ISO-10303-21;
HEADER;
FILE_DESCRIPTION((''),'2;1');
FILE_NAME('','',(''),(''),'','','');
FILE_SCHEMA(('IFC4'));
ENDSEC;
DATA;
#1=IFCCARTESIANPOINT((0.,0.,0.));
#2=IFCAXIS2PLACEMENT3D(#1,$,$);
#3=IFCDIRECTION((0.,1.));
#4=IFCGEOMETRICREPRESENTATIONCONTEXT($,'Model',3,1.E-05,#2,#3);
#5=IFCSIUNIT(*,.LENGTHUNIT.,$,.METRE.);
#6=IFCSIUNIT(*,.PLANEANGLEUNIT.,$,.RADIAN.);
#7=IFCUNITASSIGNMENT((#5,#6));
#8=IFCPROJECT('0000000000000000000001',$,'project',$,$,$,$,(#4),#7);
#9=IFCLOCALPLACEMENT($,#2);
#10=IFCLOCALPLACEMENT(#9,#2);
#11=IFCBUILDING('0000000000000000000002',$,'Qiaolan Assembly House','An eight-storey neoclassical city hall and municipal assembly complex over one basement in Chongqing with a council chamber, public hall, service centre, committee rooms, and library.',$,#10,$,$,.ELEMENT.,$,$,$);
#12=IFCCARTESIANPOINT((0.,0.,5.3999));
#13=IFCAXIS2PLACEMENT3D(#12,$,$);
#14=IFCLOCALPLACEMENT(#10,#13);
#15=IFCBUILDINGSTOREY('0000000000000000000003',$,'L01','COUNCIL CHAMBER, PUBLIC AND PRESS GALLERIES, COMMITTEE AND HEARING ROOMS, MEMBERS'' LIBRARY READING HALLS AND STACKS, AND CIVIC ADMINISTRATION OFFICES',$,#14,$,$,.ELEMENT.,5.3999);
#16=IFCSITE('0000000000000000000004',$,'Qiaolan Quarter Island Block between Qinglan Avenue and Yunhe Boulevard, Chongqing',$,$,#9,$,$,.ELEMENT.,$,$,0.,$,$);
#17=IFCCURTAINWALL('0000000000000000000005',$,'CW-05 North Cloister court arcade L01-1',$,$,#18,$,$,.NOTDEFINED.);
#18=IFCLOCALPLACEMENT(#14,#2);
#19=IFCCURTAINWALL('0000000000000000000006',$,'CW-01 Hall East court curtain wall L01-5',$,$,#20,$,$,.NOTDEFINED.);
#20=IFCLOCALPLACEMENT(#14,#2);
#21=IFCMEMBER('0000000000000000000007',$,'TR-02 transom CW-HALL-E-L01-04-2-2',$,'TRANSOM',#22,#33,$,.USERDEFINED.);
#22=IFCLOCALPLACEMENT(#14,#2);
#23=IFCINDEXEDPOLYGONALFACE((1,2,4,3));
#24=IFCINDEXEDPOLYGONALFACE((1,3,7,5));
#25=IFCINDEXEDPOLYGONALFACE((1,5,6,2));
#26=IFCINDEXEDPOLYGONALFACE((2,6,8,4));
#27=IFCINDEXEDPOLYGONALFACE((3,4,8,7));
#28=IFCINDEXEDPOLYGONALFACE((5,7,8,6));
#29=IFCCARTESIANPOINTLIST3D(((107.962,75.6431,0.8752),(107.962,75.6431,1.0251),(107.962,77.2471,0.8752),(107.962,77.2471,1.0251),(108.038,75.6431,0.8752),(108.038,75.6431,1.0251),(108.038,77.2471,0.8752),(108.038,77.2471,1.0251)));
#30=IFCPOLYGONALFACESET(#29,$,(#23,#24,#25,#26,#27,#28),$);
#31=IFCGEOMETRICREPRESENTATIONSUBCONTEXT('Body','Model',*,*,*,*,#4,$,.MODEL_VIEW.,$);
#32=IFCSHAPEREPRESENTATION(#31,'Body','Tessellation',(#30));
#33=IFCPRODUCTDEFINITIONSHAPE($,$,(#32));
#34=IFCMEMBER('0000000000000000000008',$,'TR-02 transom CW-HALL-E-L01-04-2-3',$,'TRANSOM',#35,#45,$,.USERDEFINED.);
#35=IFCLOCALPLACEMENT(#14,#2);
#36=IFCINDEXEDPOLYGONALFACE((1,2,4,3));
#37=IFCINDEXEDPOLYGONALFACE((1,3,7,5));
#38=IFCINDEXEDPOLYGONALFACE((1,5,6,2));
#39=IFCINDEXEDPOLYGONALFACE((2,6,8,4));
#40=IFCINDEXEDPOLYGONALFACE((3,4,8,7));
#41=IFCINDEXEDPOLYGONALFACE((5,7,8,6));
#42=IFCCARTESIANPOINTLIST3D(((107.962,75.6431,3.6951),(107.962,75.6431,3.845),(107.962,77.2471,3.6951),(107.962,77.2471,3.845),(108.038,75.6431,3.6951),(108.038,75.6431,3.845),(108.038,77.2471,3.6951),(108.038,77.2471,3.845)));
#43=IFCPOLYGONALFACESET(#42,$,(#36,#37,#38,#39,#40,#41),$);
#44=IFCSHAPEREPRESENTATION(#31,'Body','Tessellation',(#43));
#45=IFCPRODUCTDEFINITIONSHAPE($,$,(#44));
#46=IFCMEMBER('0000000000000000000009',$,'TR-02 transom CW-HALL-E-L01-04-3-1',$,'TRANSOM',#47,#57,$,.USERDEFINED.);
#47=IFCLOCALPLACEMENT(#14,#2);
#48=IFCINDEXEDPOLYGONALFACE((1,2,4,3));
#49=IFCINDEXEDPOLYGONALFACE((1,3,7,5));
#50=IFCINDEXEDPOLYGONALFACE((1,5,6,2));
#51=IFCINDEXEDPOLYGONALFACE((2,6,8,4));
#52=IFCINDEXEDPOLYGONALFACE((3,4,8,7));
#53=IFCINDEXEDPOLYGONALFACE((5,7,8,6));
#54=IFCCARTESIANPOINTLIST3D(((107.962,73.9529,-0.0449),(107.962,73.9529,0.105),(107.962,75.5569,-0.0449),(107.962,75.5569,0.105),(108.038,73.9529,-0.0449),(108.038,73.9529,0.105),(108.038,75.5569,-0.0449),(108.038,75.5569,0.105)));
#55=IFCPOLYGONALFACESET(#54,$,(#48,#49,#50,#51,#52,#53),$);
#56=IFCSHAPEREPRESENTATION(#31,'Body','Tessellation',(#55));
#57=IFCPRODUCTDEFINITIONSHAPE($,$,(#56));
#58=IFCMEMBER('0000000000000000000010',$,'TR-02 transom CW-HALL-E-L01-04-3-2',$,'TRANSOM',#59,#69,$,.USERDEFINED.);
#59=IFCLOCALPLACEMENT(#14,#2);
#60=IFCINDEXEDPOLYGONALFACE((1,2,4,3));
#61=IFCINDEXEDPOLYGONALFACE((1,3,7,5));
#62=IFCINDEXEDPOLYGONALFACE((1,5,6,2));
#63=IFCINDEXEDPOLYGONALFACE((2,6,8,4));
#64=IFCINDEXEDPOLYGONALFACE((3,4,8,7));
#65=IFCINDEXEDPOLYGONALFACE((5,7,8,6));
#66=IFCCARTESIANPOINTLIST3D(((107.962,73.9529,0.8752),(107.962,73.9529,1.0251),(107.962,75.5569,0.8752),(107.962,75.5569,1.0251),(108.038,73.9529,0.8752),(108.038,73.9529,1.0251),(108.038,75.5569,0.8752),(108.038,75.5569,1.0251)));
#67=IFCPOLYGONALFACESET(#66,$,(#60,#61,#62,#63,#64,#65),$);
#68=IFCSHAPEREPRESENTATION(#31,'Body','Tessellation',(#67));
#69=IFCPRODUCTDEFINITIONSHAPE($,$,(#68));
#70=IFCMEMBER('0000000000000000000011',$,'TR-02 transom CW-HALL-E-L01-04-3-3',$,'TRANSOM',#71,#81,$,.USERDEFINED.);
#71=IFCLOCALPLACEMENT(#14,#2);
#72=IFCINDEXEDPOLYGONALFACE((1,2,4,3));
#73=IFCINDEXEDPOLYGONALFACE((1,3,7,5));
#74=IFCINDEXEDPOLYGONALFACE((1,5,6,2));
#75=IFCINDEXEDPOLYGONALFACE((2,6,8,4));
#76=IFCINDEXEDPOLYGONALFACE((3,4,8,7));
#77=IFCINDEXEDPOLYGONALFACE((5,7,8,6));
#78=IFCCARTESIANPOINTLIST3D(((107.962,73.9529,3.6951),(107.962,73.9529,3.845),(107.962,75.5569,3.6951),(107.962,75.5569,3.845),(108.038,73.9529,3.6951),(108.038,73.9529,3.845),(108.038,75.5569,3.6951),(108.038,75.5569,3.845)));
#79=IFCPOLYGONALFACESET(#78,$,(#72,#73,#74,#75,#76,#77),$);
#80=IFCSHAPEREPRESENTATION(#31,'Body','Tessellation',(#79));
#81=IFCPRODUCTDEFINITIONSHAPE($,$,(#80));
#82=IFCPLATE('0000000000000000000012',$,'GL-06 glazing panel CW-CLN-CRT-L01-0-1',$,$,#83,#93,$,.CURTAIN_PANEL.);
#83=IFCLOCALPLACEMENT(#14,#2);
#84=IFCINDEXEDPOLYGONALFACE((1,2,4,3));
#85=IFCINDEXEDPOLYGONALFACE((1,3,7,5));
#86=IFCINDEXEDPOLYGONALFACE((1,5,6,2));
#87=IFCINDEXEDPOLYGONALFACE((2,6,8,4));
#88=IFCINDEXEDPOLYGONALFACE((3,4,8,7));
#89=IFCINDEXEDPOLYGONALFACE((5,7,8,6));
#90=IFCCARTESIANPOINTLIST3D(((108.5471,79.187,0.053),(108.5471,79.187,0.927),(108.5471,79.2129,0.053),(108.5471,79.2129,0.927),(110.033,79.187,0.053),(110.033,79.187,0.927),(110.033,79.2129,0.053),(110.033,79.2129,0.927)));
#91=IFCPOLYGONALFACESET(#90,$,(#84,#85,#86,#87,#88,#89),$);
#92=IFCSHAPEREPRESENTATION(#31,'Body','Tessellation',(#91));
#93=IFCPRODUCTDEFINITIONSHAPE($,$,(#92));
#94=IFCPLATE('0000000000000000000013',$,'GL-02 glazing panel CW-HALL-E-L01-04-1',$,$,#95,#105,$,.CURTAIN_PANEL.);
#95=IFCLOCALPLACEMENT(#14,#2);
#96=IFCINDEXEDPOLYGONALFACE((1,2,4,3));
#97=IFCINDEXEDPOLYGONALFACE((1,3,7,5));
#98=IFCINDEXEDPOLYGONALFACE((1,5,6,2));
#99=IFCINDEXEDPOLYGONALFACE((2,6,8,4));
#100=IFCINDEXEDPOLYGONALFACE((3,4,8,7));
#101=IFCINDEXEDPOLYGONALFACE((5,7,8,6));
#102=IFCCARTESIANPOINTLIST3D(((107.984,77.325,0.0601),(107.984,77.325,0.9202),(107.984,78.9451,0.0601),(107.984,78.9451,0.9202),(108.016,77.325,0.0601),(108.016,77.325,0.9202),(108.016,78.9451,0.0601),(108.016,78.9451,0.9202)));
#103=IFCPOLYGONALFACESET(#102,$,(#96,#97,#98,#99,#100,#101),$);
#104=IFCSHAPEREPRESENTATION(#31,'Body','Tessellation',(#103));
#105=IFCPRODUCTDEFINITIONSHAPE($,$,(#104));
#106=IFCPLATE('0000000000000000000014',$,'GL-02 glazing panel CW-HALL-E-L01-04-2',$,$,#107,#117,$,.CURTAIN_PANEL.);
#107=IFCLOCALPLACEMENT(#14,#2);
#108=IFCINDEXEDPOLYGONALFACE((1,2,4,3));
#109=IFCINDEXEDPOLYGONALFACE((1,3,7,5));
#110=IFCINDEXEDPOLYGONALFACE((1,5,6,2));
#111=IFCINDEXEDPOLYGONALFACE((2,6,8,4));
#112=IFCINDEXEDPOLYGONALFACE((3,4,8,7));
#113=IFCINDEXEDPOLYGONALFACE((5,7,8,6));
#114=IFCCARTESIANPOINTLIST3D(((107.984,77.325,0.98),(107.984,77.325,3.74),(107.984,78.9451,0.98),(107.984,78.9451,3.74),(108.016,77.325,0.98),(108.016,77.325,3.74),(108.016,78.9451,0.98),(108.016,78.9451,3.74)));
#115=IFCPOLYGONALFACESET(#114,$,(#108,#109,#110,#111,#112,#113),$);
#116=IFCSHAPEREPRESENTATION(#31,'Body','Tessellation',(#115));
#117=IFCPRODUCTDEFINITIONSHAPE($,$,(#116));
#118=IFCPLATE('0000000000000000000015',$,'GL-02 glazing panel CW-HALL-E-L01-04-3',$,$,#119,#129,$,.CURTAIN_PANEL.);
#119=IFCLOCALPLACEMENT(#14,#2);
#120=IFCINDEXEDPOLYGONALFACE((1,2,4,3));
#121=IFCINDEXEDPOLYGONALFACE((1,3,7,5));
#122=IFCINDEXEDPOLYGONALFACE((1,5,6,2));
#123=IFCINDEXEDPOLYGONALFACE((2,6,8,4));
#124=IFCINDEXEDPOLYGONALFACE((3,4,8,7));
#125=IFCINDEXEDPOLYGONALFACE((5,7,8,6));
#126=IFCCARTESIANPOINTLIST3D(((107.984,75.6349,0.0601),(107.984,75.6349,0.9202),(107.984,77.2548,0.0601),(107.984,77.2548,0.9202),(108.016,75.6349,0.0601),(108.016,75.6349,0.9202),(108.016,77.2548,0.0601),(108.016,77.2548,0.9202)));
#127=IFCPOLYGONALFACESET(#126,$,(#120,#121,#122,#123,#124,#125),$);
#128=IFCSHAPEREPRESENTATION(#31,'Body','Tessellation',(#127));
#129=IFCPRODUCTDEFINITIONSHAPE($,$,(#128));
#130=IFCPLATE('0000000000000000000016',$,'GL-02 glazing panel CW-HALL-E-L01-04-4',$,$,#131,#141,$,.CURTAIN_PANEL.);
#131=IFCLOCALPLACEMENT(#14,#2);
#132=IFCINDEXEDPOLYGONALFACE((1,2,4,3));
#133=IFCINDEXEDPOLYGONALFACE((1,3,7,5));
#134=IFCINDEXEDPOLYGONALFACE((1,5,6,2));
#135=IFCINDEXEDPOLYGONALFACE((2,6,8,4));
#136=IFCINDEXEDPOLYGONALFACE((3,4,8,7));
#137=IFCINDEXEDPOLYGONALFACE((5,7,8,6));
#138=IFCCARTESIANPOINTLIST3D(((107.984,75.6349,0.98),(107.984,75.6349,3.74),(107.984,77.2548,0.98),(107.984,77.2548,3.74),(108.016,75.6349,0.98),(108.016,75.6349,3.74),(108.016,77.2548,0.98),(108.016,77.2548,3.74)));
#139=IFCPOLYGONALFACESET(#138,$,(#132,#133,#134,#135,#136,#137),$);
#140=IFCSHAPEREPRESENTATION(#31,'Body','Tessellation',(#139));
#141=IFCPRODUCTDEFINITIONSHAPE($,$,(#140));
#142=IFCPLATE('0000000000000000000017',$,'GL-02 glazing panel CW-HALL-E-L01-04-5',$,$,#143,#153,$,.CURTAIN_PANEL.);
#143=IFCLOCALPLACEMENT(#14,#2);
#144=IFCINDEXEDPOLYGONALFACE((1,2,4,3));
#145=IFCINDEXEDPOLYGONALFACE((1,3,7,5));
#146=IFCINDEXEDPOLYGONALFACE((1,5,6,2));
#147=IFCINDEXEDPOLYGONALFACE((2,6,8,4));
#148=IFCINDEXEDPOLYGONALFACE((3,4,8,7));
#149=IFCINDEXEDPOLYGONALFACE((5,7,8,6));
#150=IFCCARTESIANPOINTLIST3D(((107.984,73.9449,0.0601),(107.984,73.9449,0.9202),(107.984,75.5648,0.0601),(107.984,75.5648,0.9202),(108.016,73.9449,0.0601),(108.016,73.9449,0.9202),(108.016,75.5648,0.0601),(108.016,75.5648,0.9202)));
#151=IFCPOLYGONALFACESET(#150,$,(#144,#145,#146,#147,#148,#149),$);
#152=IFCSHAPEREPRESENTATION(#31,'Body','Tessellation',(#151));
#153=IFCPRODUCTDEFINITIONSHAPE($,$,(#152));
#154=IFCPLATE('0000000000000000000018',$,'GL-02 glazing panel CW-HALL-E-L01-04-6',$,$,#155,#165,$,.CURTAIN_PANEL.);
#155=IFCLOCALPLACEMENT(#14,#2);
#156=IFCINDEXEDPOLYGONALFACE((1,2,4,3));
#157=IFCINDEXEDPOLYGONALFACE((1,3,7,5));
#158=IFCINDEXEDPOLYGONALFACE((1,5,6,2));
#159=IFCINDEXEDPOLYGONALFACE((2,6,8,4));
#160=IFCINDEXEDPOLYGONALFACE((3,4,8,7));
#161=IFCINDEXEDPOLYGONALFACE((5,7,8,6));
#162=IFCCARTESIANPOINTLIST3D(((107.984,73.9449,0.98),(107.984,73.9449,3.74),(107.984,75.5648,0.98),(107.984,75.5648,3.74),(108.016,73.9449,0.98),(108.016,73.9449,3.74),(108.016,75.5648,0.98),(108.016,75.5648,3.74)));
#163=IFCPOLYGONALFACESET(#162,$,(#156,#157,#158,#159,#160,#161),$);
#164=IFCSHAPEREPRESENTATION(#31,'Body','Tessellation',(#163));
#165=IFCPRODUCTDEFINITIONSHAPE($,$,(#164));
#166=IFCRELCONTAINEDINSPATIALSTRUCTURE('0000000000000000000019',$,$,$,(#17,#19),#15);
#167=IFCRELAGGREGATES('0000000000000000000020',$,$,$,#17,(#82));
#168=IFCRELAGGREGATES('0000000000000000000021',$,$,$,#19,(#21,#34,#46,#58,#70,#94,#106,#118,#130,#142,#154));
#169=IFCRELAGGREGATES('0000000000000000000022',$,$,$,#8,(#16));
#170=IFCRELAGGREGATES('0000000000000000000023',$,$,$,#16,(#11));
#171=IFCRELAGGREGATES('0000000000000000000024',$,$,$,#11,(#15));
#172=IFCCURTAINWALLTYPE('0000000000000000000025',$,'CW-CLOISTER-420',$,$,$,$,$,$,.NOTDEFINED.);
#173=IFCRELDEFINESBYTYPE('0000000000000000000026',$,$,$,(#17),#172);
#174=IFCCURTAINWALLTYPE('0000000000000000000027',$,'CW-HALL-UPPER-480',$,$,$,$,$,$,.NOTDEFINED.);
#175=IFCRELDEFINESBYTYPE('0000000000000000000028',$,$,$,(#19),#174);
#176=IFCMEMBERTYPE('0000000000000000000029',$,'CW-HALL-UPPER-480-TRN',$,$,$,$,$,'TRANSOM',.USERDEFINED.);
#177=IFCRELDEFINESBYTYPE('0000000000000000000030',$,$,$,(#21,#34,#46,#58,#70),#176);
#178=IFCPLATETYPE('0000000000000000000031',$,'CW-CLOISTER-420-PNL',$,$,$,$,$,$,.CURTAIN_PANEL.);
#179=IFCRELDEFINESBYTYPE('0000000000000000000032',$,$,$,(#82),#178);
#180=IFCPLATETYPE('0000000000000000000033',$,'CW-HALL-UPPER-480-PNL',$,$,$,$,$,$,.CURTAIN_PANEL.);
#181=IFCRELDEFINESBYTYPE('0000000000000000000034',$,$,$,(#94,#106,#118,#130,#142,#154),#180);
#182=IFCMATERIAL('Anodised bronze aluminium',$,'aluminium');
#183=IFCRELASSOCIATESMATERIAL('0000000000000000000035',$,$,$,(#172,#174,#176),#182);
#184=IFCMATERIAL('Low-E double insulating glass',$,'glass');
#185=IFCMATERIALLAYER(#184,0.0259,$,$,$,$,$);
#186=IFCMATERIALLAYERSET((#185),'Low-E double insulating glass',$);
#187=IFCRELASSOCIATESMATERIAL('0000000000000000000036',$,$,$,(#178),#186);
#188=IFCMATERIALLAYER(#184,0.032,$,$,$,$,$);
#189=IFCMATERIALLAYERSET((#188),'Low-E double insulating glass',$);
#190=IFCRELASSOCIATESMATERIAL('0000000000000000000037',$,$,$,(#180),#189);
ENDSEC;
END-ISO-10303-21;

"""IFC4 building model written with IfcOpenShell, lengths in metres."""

from ifc_helpers import new_model, si_unit, direction, frame, frame_2d, origin, origin_2d, place, context, subcontext, project, spatial, rectangle, extrude, material, layer, layer_set, material_profile, profile_set, type_object, element, aggregate, save


model = new_model("IFC4")

# Units and contexts
model_context = context("Model", 3, precision=1e-05, world=origin(), true_north=direction((0.0, 1.0)))
body_context = subcontext(model_context, "Body", "Model", "MODEL_VIEW")
ifc_project = project(units=[si_unit("LENGTHUNIT", "METRE"), si_unit("PLANEANGLEUNIT", "RADIAN")], contexts=[model_context])

# Site, building, storey
site_placement = place(None, origin())
site = spatial("IfcSite", under=ifc_project, at=site_placement, Name="Qiaolan Quarter Island Block between Qinglan Avenue and Yunhe Boulevard, Chongqing", CompositionType="ELEMENT", RefElevation=0.0)
building_placement = place(site_placement, origin())
building = spatial("IfcBuilding", under=site, at=building_placement, Name="Qiaolan Assembly House", Description="An eight-storey neoclassical city hall and municipal assembly complex over one basement in Chongqing with a council chamber, public hall, service centre, committee rooms, and library.", CompositionType="ELEMENT")
storey_placement = place(building_placement, frame((0.0, 0.0, 5.3999)))
storey = spatial("IfcBuildingStorey", under=building, at=storey_placement, Name="L01", Description="COUNCIL CHAMBER, PUBLIC AND PRESS GALLERIES, COMMITTEE AND HEARING ROOMS, MEMBERS' LIBRARY READING HALLS AND STACKS, AND CIVIC ADMINISTRATION OFFICES", CompositionType="ELEMENT", Elevation=5.3999)

# Curtain wall
ifc_material_1 = material(Name="Anodised bronze aluminium", Category="aluminium")
curtain_wall_type_1 = type_object("IfcCurtainWallType", Name="CW-CLOISTER-420", PredefinedType="NOTDEFINED", material=ifc_material_1)
curtain_wall_1_placement = place(storey_placement, origin())
curtain_wall_1 = element("IfcCurtainWall", 1, at=curtain_wall_1_placement, inside=storey, type_object=curtain_wall_type_1, Name="CW-05 North Cloister court arcade L01-1", PredefinedType="NOTDEFINED")

# Curtain wall, members
curtain_wall_type_2 = type_object("IfcCurtainWallType", Name="CW-HALL-UPPER-480", PredefinedType="NOTDEFINED", material=ifc_material_1)
curtain_wall_2_placement = place(storey_placement, origin())
curtain_wall_2 = element("IfcCurtainWall", 2, at=curtain_wall_2_placement, inside=storey, type_object=curtain_wall_type_2, Name="CW-01 Hall East court curtain wall L01-5", PredefinedType="NOTDEFINED")
ifc_material_profile_1 = material_profile(ifc_material_1, rectangle(XDim=0.0759, YDim=0.1499, at=origin_2d()), Name="TRN 76x150")
ifc_profile_set_1 = profile_set([ifc_material_profile_1], Name="Anodised bronze aluminium")
member_type_1 = type_object("IfcMemberType", Name="CW-HALL-UPPER-480-TRN", ElementType="TRANSOM", PredefinedType="USERDEFINED", material=ifc_profile_set_1)
member_1_placement = place(storey_placement, frame((108.0, 77.2471, 0.9502), z_axis=(0.0, -1.0, 0.0), x_axis=(1.0, 0.0, 0.0)))
member_1 = element("IfcMember", 3, at=member_1_placement, type_object=member_type_1, Name="TR-02 transom CW-HALL-E-L01-04-2-2", ObjectType="TRANSOM", PredefinedType="USERDEFINED", context=body_context, shape_type="SweptSolid", body=[
    extrude(rectangle(XDim=0.0759, YDim=0.1499, at=origin_2d()), origin(), (0.0, 0.0, 1.0), 1.604),
])
member_2_placement = place(storey_placement, frame((108.0, 77.2471, 3.77), z_axis=(0.0, -1.0, 0.0), x_axis=(1.0, 0.0, 0.0)))
member_2 = element("IfcMember", 4, at=member_2_placement, type_object=member_type_1, Name="TR-02 transom CW-HALL-E-L01-04-2-3", ObjectType="TRANSOM", PredefinedType="USERDEFINED", context=body_context, shape_type="SweptSolid", body=[
    extrude(rectangle(XDim=0.0759, YDim=0.1499, at=origin_2d()), origin(), (0.0, 0.0, 1.0), 1.604),
])
member_3_placement = place(storey_placement, frame((108.0, 75.5569, 0.03), z_axis=(0.0, -1.0, 0.0), x_axis=(1.0, 0.0, 0.0)))
member_3 = element("IfcMember", 5, at=member_3_placement, type_object=member_type_1, Name="TR-02 transom CW-HALL-E-L01-04-3-1", ObjectType="TRANSOM", PredefinedType="USERDEFINED", context=body_context, shape_type="SweptSolid", body=[
    extrude(rectangle(XDim=0.0759, YDim=0.1499, at=origin_2d()), origin(), (0.0, 0.0, 1.0), 1.604),
])
member_4_placement = place(storey_placement, frame((108.0, 75.5569, 0.9502), z_axis=(0.0, -1.0, 0.0), x_axis=(1.0, 0.0, 0.0)))
member_4 = element("IfcMember", 6, at=member_4_placement, type_object=member_type_1, Name="TR-02 transom CW-HALL-E-L01-04-3-2", ObjectType="TRANSOM", PredefinedType="USERDEFINED", context=body_context, shape_type="SweptSolid", body=[
    extrude(rectangle(XDim=0.0759, YDim=0.1499, at=origin_2d()), origin(), (0.0, 0.0, 1.0), 1.604),
])
member_5_placement = place(storey_placement, frame((108.0, 75.5569, 3.77), z_axis=(0.0, -1.0, 0.0), x_axis=(1.0, 0.0, 0.0)))
member_5 = element("IfcMember", 7, at=member_5_placement, type_object=member_type_1, Name="TR-02 transom CW-HALL-E-L01-04-3-3", ObjectType="TRANSOM", PredefinedType="USERDEFINED", context=body_context, shape_type="SweptSolid", body=[
    extrude(rectangle(XDim=0.0759, YDim=0.1499, at=origin_2d()), origin(), (0.0, 0.0, 1.0), 1.604),
])

# Plates
ifc_material_2 = material(Name="Low-E double insulating glass", Category="glass")
ifc_layer_1 = layer(ifc_material_2, 0.0259)
ifc_layer_set_1 = layer_set([ifc_layer_1], Name="Low-E double insulating glass")
plate_type_1 = type_object("IfcPlateType", Name="CW-CLOISTER-420-PNL", PredefinedType="CURTAIN_PANEL", material=ifc_layer_set_1)
plate_1_placement = place(storey_placement, frame((108.5471, 79.2, 0.053), z_axis=(0.0, 0.0, 1.0), x_axis=(1.0, 0.0, 0.0)))
plate_1 = element("IfcPlate", 8, at=plate_1_placement, type_object=plate_type_1, Name="GL-06 glazing panel CW-CLN-CRT-L01-0-1", PredefinedType="CURTAIN_PANEL", context=body_context, shape_type="SweptSolid", body=[
    extrude(rectangle(XDim=1.4858, YDim=0.0259, at=frame_2d((0.7429, 0.0))), origin(), (0.0, 0.0, 1.0), 0.874),
])
aggregate(curtain_wall_1, [plate_1])
ifc_layer_2 = layer(ifc_material_2, 0.032)
ifc_layer_set_2 = layer_set([ifc_layer_2], Name="Low-E double insulating glass")
plate_type_2 = type_object("IfcPlateType", Name="CW-HALL-UPPER-480-PNL", PredefinedType="CURTAIN_PANEL", material=ifc_layer_set_2)
plate_2_placement = place(storey_placement, frame((108.0, 78.9451, 0.0601), z_axis=(0.0, 0.0, 1.0), x_axis=(0.0, -1.0, 0.0)))
plate_2 = element("IfcPlate", 9, at=plate_2_placement, type_object=plate_type_2, Name="GL-02 glazing panel CW-HALL-E-L01-04-1", PredefinedType="CURTAIN_PANEL", context=body_context, shape_type="SweptSolid", body=[
    extrude(rectangle(XDim=1.6201, YDim=0.032, at=frame_2d((0.8101, 0.0))), origin(), (0.0, 0.0, 1.0), 0.8601),
])
plate_3_placement = place(storey_placement, frame((108.0, 78.9451, 0.98), z_axis=(0.0, 0.0, 1.0), x_axis=(0.0, -1.0, 0.0)))
plate_3 = element("IfcPlate", 10, at=plate_3_placement, type_object=plate_type_2, Name="GL-02 glazing panel CW-HALL-E-L01-04-2", PredefinedType="CURTAIN_PANEL", context=body_context, shape_type="SweptSolid", body=[
    extrude(rectangle(XDim=1.6201, YDim=0.032, at=frame_2d((0.8101, 0.0))), origin(), (0.0, 0.0, 1.0), 2.76),
])
plate_4_placement = place(storey_placement, frame((108.0, 77.2549, 0.0601), z_axis=(0.0, 0.0, 1.0), x_axis=(0.0, -1.0, 0.0)))
plate_4 = element("IfcPlate", 11, at=plate_4_placement, type_object=plate_type_2, Name="GL-02 glazing panel CW-HALL-E-L01-04-3", PredefinedType="CURTAIN_PANEL", context=body_context, shape_type="SweptSolid", body=[
    extrude(rectangle(XDim=1.6199, YDim=0.032, at=frame_2d((0.8101, 0.0))), origin(), (0.0, 0.0, 1.0), 0.8601),
])
plate_5_placement = place(storey_placement, frame((108.0, 77.2549, 0.98), z_axis=(0.0, 0.0, 1.0), x_axis=(0.0, -1.0, 0.0)))
plate_5 = element("IfcPlate", 12, at=plate_5_placement, type_object=plate_type_2, Name="GL-02 glazing panel CW-HALL-E-L01-04-4", PredefinedType="CURTAIN_PANEL", context=body_context, shape_type="SweptSolid", body=[
    extrude(rectangle(XDim=1.6199, YDim=0.032, at=frame_2d((0.8101, 0.0))), origin(), (0.0, 0.0, 1.0), 2.76),
])
plate_6_placement = place(storey_placement, frame((108.0, 75.5649, 0.0601), z_axis=(0.0, 0.0, 1.0), x_axis=(0.0, -1.0, 0.0)))
plate_6 = element("IfcPlate", 13, at=plate_6_placement, type_object=plate_type_2, Name="GL-02 glazing panel CW-HALL-E-L01-04-5", PredefinedType="CURTAIN_PANEL", context=body_context, shape_type="SweptSolid", body=[
    extrude(rectangle(XDim=1.6199, YDim=0.032, at=frame_2d((0.8101, 0.0))), origin(), (0.0, 0.0, 1.0), 0.8601),
])
plate_7_placement = place(storey_placement, frame((108.0, 75.5649, 0.98), z_axis=(0.0, 0.0, 1.0), x_axis=(0.0, -1.0, 0.0)))
plate_7 = element("IfcPlate", 14, at=plate_7_placement, type_object=plate_type_2, Name="GL-02 glazing panel CW-HALL-E-L01-04-6", PredefinedType="CURTAIN_PANEL", context=body_context, shape_type="SweptSolid", body=[
    extrude(rectangle(XDim=1.6199, YDim=0.032, at=frame_2d((0.8101, 0.0))), origin(), (0.0, 0.0, 1.0), 2.76),
])
aggregate(curtain_wall_2, [member_1, member_2, member_3, member_4, member_5, plate_2, plate_3, plate_4, plate_5, plate_6, plate_7])

save(model, "model.ifc")
